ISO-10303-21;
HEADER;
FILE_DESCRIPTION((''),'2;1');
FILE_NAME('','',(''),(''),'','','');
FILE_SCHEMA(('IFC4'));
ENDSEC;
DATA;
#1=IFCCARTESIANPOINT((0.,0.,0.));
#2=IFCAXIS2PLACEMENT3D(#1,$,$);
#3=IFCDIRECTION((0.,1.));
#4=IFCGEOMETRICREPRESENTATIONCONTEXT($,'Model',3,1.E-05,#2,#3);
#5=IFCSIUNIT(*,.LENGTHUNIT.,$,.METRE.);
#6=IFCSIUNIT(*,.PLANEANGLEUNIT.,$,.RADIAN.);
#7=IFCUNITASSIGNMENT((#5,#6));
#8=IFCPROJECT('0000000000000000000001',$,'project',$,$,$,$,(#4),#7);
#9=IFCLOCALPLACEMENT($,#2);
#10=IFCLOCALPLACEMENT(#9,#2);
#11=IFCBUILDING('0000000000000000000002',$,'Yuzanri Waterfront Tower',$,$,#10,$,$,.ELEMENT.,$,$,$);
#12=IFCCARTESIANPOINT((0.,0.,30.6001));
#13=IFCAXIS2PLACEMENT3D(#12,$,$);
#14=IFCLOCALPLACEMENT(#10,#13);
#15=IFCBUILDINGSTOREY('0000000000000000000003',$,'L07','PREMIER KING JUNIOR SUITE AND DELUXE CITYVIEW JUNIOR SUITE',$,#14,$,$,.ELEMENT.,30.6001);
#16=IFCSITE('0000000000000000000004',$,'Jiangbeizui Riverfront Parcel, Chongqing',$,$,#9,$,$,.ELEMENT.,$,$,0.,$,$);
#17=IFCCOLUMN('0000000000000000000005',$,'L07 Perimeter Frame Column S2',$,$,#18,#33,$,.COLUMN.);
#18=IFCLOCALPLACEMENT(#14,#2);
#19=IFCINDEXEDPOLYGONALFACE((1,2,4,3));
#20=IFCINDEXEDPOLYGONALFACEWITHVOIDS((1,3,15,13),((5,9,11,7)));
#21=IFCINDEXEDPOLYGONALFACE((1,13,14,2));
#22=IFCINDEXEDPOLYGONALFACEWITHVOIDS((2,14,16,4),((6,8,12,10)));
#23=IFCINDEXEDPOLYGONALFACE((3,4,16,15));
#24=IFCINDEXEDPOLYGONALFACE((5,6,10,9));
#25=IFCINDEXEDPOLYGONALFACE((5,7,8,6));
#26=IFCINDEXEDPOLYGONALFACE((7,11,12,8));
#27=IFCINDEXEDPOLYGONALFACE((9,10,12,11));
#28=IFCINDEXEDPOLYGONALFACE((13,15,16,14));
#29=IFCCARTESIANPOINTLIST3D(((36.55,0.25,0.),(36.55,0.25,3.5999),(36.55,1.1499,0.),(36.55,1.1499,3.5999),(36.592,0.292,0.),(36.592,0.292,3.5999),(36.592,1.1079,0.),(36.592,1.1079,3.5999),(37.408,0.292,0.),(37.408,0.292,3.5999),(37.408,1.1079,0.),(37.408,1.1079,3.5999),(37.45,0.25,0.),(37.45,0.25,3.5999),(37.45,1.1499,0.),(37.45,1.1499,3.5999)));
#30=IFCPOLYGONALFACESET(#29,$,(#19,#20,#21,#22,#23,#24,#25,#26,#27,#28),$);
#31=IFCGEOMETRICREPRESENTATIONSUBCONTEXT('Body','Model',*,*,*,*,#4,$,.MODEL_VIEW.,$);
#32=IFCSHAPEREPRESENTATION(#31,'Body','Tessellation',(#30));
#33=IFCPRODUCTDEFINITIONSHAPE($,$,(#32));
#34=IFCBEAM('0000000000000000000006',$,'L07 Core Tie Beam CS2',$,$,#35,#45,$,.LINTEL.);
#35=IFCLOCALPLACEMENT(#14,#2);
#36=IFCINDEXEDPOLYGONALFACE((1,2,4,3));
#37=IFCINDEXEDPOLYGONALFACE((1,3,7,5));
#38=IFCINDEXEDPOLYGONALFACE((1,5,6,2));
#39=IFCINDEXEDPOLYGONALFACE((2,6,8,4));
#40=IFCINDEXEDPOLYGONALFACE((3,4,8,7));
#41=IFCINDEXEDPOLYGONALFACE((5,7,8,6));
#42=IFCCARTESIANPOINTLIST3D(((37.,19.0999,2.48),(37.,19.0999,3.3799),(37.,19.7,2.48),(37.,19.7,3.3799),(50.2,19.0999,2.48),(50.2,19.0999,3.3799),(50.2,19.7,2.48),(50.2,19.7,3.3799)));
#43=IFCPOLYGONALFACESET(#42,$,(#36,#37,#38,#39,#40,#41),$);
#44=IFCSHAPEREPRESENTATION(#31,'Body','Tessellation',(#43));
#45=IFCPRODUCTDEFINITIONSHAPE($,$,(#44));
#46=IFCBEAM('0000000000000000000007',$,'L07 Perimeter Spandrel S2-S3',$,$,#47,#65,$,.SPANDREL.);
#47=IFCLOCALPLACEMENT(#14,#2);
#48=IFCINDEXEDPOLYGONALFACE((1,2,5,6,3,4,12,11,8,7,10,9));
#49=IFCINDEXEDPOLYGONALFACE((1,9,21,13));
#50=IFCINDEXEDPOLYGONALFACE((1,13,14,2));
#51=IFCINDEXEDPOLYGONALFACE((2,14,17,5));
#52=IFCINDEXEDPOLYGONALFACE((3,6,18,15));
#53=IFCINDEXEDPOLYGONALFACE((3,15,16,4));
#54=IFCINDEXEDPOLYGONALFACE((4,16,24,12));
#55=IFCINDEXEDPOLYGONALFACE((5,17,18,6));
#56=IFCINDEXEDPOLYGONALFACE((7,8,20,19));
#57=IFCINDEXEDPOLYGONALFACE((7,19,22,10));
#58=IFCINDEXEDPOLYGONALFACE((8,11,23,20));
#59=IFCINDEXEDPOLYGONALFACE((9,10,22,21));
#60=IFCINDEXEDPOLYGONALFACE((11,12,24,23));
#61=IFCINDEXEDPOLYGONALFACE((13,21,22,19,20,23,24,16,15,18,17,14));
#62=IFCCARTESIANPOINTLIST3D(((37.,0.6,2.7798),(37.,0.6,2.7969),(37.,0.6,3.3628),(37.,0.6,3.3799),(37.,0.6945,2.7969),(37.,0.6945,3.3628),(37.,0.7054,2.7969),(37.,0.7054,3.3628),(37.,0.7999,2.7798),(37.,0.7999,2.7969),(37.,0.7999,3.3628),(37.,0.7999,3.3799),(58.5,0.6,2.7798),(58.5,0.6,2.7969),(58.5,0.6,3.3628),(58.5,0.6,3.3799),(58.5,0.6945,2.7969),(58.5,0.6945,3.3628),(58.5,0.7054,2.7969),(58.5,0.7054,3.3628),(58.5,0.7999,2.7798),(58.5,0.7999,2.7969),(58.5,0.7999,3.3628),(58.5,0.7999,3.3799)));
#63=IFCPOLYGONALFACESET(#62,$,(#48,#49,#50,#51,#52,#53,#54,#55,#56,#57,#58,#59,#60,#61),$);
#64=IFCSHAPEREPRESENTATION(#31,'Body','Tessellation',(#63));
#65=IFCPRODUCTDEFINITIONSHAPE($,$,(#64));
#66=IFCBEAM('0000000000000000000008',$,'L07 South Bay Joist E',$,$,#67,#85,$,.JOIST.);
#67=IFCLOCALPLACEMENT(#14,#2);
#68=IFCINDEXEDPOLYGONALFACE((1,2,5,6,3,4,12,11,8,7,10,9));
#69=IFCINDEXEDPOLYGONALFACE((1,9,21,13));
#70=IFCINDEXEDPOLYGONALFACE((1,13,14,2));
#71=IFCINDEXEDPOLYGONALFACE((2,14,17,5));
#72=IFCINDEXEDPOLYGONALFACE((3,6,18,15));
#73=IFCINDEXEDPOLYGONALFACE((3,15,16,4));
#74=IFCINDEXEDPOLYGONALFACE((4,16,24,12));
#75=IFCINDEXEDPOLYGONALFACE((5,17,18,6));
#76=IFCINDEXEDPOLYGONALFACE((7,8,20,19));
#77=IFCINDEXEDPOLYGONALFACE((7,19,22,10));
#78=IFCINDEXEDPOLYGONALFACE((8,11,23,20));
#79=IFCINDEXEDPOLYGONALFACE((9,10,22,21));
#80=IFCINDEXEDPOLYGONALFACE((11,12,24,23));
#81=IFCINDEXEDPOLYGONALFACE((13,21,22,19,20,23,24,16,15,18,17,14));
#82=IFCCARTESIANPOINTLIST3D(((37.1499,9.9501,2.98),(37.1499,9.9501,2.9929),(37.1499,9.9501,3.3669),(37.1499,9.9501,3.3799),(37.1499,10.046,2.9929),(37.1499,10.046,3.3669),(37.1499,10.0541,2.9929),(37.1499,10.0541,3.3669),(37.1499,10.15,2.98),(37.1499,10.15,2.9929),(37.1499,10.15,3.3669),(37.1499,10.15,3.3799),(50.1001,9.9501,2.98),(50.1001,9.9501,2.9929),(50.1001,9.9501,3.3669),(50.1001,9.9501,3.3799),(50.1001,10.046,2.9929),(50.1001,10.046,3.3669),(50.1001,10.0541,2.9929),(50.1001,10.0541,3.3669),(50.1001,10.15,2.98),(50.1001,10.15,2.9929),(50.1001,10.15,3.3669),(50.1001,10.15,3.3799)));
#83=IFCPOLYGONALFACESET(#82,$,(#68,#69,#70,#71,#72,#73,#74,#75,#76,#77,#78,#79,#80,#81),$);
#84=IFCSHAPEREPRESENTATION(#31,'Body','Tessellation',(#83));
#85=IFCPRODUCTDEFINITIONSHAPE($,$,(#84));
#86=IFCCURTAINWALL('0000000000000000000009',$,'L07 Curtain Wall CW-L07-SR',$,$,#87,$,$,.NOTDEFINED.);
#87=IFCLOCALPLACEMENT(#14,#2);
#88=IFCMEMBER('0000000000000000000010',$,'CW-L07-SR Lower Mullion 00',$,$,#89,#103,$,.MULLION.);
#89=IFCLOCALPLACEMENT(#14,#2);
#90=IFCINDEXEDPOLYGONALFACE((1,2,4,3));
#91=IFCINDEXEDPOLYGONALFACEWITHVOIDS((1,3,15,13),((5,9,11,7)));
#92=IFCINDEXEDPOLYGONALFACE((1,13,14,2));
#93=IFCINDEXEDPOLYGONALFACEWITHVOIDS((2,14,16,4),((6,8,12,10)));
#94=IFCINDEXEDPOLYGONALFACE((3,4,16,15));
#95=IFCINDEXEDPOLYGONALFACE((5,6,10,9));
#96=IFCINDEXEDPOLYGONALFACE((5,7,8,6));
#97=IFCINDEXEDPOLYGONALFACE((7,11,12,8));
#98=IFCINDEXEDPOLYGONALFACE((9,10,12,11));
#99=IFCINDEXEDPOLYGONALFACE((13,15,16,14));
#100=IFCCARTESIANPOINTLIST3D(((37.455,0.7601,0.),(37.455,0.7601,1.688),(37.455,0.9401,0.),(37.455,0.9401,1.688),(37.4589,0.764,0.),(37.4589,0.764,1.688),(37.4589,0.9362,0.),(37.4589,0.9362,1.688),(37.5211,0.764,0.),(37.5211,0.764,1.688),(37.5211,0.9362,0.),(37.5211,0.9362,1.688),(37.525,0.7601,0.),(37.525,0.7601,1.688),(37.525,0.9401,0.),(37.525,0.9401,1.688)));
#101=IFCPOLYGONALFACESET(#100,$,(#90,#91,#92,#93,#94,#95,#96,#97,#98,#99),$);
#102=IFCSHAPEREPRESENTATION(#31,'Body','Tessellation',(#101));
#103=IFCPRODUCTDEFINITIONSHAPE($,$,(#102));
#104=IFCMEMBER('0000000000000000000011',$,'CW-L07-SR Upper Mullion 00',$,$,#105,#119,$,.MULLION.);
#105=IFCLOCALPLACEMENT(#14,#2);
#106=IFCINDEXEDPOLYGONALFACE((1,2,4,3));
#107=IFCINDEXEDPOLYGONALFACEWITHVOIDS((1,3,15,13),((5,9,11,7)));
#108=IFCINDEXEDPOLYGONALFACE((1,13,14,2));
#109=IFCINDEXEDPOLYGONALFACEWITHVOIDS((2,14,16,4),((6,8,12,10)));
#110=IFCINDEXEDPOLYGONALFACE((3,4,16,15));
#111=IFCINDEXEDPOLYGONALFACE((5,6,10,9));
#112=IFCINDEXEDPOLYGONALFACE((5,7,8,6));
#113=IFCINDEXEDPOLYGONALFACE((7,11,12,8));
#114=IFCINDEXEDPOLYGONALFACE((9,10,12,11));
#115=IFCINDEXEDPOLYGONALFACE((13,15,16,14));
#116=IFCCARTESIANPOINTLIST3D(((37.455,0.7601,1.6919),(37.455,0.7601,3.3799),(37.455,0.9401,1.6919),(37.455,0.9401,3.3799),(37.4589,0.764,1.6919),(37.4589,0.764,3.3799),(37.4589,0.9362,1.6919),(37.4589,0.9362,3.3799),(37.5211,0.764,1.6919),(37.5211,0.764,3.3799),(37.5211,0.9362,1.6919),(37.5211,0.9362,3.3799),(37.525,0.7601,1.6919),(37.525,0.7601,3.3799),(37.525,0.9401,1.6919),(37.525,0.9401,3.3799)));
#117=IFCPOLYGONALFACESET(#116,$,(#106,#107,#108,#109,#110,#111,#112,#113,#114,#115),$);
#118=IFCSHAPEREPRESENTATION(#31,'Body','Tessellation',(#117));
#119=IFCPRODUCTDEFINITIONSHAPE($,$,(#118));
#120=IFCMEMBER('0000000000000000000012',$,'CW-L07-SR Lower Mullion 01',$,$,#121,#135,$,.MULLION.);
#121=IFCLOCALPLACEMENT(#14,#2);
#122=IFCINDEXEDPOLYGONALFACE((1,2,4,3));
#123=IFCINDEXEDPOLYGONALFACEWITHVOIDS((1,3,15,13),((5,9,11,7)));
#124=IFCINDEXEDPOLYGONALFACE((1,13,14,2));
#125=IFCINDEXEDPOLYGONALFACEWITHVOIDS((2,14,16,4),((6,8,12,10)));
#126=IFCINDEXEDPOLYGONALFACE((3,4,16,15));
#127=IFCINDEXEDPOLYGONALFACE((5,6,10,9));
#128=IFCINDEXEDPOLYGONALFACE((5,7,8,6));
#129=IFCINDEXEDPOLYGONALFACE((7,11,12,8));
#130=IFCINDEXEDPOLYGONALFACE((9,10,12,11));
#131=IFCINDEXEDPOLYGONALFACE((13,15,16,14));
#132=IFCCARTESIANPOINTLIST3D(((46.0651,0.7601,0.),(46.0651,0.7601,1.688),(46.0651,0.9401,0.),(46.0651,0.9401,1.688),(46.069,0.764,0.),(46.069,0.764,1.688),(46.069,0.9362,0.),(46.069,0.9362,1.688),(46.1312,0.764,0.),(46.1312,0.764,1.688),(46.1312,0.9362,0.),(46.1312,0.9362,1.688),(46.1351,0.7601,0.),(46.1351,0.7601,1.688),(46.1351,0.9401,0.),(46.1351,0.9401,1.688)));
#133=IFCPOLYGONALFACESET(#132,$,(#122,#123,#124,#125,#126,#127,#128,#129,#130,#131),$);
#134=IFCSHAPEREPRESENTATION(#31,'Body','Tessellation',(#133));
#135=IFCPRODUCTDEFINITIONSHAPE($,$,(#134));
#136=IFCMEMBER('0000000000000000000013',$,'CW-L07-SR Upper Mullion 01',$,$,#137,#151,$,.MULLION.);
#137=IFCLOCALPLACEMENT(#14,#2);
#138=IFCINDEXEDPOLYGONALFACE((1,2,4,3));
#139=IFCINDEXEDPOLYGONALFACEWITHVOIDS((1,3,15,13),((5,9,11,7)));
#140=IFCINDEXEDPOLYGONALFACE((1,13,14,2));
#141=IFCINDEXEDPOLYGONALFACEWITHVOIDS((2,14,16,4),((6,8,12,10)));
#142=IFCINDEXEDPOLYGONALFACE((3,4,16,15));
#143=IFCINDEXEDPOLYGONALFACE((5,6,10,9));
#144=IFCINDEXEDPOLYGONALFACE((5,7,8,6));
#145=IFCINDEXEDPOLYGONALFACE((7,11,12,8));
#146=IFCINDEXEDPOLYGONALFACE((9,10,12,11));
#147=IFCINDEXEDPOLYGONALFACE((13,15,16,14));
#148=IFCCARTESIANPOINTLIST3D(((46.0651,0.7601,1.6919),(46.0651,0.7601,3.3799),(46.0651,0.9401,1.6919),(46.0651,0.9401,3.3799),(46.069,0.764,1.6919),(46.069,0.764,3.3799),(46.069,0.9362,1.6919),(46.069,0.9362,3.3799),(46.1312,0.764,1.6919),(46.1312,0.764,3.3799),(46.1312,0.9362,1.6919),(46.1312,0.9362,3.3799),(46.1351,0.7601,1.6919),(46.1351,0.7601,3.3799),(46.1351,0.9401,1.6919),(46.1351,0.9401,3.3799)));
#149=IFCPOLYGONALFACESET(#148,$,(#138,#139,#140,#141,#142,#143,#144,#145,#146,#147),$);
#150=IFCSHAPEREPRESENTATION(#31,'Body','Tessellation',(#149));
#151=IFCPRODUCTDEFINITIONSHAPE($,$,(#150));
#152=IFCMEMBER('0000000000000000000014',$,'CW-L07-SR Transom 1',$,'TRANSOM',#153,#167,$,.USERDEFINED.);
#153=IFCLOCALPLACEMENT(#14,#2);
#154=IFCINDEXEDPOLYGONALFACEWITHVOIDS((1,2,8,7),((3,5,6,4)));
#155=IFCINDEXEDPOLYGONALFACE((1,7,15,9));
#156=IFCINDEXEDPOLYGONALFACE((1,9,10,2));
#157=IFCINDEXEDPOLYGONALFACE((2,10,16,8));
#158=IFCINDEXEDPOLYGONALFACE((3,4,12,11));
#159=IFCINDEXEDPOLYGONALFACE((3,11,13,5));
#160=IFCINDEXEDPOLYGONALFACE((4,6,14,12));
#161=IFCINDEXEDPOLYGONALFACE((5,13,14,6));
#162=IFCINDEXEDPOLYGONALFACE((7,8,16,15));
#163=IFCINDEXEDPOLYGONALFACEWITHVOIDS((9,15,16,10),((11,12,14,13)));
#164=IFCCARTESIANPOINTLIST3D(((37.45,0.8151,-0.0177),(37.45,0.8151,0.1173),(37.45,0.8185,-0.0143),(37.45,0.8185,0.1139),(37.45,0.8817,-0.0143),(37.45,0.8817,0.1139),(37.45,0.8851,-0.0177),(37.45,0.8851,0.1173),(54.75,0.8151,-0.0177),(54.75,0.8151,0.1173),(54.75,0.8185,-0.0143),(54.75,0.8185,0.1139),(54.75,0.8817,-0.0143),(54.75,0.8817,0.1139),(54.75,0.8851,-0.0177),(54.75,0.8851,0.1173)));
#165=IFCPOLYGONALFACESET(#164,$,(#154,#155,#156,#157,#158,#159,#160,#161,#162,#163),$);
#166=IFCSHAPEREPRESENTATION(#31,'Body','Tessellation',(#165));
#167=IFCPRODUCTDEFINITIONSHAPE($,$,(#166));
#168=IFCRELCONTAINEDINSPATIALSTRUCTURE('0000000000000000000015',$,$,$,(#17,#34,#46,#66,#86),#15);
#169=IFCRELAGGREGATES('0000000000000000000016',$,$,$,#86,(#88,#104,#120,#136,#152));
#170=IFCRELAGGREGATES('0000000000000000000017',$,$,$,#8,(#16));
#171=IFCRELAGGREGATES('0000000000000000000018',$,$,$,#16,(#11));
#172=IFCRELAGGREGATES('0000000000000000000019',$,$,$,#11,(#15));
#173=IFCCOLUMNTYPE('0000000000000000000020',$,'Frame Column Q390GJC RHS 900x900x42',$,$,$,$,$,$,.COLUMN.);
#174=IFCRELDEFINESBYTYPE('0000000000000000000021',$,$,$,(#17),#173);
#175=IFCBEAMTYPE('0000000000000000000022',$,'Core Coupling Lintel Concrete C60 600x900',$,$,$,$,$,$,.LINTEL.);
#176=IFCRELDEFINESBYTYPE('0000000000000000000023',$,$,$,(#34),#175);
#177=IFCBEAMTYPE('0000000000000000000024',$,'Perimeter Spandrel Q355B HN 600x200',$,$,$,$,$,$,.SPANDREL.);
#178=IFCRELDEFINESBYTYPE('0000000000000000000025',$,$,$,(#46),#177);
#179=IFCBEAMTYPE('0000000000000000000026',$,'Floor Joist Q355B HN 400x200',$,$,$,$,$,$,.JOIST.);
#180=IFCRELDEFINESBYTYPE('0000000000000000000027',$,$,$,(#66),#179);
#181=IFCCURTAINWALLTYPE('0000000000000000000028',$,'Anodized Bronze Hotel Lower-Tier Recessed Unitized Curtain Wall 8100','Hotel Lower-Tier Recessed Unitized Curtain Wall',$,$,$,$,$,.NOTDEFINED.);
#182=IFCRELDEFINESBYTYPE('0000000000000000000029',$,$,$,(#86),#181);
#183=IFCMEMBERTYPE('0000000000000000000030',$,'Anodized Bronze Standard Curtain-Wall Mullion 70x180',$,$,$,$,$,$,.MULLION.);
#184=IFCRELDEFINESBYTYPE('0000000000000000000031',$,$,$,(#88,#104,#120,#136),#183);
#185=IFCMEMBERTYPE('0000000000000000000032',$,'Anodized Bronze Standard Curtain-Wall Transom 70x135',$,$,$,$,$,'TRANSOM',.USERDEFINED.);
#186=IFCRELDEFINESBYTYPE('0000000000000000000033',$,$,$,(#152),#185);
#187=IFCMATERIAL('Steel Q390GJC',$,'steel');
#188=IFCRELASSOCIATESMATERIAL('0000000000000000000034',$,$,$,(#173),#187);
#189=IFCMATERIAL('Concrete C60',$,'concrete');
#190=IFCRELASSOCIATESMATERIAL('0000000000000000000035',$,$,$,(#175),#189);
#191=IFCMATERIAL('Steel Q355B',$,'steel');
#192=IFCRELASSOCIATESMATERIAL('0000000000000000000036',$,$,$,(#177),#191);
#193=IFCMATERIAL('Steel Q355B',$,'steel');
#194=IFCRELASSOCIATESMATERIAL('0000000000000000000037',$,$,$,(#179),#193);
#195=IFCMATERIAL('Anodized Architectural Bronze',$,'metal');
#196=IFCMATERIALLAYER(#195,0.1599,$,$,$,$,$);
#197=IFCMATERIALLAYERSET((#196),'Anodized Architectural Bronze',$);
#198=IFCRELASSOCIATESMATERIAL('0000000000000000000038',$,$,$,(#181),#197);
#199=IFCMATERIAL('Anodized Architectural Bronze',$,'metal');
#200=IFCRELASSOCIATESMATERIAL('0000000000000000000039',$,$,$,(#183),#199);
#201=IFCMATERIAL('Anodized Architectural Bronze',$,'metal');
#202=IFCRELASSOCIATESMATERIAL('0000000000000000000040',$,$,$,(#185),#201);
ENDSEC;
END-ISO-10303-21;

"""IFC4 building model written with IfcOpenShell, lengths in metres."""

from ifc_helpers import new_model, si_unit, direction, frame, origin, origin_2d, place, context, subcontext, project, spatial, rectangle, hollow_rectangle, i_section, extrude, source, transform, mapped, material, layer, layer_set, material_profile, profile_set, type_object, element, aggregate, save


model = new_model("IFC4")

# Units and contexts
model_context = context("Model", 3, precision=1e-05, world=origin(), true_north=direction((0.0, 1.0)))
body_context = subcontext(model_context, "Body", "Model", "MODEL_VIEW")
ifc_project = project(units=[si_unit("LENGTHUNIT", "METRE"), si_unit("PLANEANGLEUNIT", "RADIAN")], contexts=[model_context])

# Site, building, storey
site_placement = place(None, origin())
site = spatial("IfcSite", under=ifc_project, at=site_placement, Name="Jiangbeizui Riverfront Parcel, Chongqing", CompositionType="ELEMENT", RefElevation=0.0)
building_placement = place(site_placement, origin())
building = spatial("IfcBuilding", under=site, at=building_placement, Name="Yuzanri Waterfront Tower", CompositionType="ELEMENT")
storey_placement = place(building_placement, frame((0.0, 0.0, 30.6001)))
storey = spatial("IfcBuildingStorey", under=building, at=storey_placement, Name="L07", Description="PREMIER KING JUNIOR SUITE AND DELUXE CITYVIEW JUNIOR SUITE", CompositionType="ELEMENT", Elevation=30.6001)

# Column
ifc_material_1 = material(Name="Steel Q390GJC", Category="steel")
ifc_material_profile_1 = material_profile(ifc_material_1, hollow_rectangle(XDim=0.8999, YDim=0.8999, WallThickness=0.042, at=origin_2d()), Name="RHS 900x900x42")
ifc_profile_set_1 = profile_set([ifc_material_profile_1], Name="Steel Q390GJC")
column_type = type_object("IfcColumnType", Name="Frame Column Q390GJC RHS 900x900x42", PredefinedType="COLUMN", material=ifc_profile_set_1)
shared_shape_1 = source(origin(), body_context, "Body", "SweptSolid", [
    extrude(hollow_rectangle(XDim=0.8999, YDim=0.8999, WallThickness=0.042, at=origin_2d()), origin(), (0.0, 0.0, 1.0), 3.5999),
])
column_placement = place(storey_placement, frame((37.0, 0.7, 0.0), z_axis=(0.0, 0.0, 1.0), x_axis=(1.0, 0.0, 0.0)))
element("IfcColumn", 1, at=column_placement, inside=storey, type_object=column_type, Name="L07 Perimeter Frame Column S2", PredefinedType="COLUMN", context=body_context, shape_type="MappedRepresentation", body=[
    mapped(shared_shape_1, transform((0.0, 0.0, 0.0), scale=1.0)),
])

# Beams
ifc_material_2 = material(Name="Concrete C60", Category="concrete")
ifc_material_profile_2 = material_profile(ifc_material_2, rectangle(XDim=0.6001, YDim=0.8999, at=origin_2d()), Name="RC 600x900")
ifc_profile_set_2 = profile_set([ifc_material_profile_2], Name="Concrete C60")
beam_type_1 = type_object("IfcBeamType", Name="Core Coupling Lintel Concrete C60 600x900", PredefinedType="LINTEL", material=ifc_profile_set_2)
shared_shape_2 = source(origin(), body_context, "Body", "SweptSolid", [
    extrude(rectangle(XDim=0.6001, YDim=0.8999, at=origin_2d()), origin(), (0.0, 0.0, 1.0), 13.2),
])
beam_1_placement = place(storey_placement, frame((37.0, 19.3999, 2.9299), z_axis=(1.0, 0.0, 0.0), x_axis=(0.0, 1.0, 0.0)))
element("IfcBeam", 2, at=beam_1_placement, inside=storey, type_object=beam_type_1, Name="L07 Core Tie Beam CS2", PredefinedType="LINTEL", context=body_context, shape_type="MappedRepresentation", body=[
    mapped(shared_shape_2, transform((0.0, 0.0, 0.0), scale=1.0)),
])
ifc_material_3 = material(Name="Steel Q355B", Category="steel")
ifc_material_profile_3 = material_profile(ifc_material_3, i_section(OverallWidth=0.2, OverallDepth=0.6001, WebThickness=0.011, FlangeThickness=0.0171, at=origin_2d()), Name="HN 600x200x11x17")
ifc_profile_set_3 = profile_set([ifc_material_profile_3], Name="Steel Q355B")
beam_type_2 = type_object("IfcBeamType", Name="Perimeter Spandrel Q355B HN 600x200", PredefinedType="SPANDREL", material=ifc_profile_set_3)
shared_shape_3 = source(origin(), body_context, "Body", "SweptSolid", [
    extrude(i_section(OverallWidth=0.2, OverallDepth=0.6001, WebThickness=0.011, FlangeThickness=0.0171, at=origin_2d()), origin(), (0.0, 0.0, 1.0), 21.5),
])
beam_2_placement = place(storey_placement, frame((37.0, 0.7, 3.0798), z_axis=(1.0, 0.0, 0.0), x_axis=(0.0, 1.0, 0.0)))
element("IfcBeam", 3, at=beam_2_placement, inside=storey, type_object=beam_type_2, Name="L07 Perimeter Spandrel S2-S3", PredefinedType="SPANDREL", context=body_context, shape_type="MappedRepresentation", body=[
    mapped(shared_shape_3, transform((0.0, 0.0, 0.0), scale=1.0)),
])
ifc_material_4 = material(Name="Steel Q355B", Category="steel")
ifc_material_profile_4 = material_profile(ifc_material_4, i_section(OverallWidth=0.2, OverallDepth=0.3999, WebThickness=0.0081, FlangeThickness=0.0129, at=origin_2d()), Name="HN 400x200x8x13")
ifc_profile_set_4 = profile_set([ifc_material_profile_4], Name="Steel Q355B")
beam_type_3 = type_object("IfcBeamType", Name="Floor Joist Q355B HN 400x200", PredefinedType="JOIST", material=ifc_profile_set_4)
shared_shape_4 = source(origin(), body_context, "Body", "SweptSolid", [
    extrude(i_section(OverallWidth=0.2, OverallDepth=0.3999, WebThickness=0.0081, FlangeThickness=0.0129, at=origin_2d()), origin(), (0.0, 0.0, 1.0), 12.9502),
])
beam_3_placement = place(storey_placement, frame((37.1499, 10.05, 3.1799), z_axis=(1.0, 0.0, 0.0), x_axis=(0.0, 1.0, 0.0)))
element("IfcBeam", 4, at=beam_3_placement, inside=storey, type_object=beam_type_3, Name="L07 South Bay Joist E", PredefinedType="JOIST", context=body_context, shape_type="MappedRepresentation", body=[
    mapped(shared_shape_4, transform((0.0, 0.0, 0.0), scale=1.0)),
])

# Curtain wall, members
ifc_material_5 = material(Name="Anodized Architectural Bronze", Category="metal")
ifc_layer_1 = layer(ifc_material_5, 0.1599)
ifc_layer_set_1 = layer_set([ifc_layer_1], Name="Anodized Architectural Bronze")
curtain_wall_type = type_object("IfcCurtainWallType", Name="Anodized Bronze Hotel Lower-Tier Recessed Unitized Curtain Wall 8100", Description="Hotel Lower-Tier Recessed Unitized Curtain Wall", PredefinedType="NOTDEFINED", material=ifc_layer_set_1)
curtain_wall_placement = place(storey_placement, origin())
curtain_wall = element("IfcCurtainWall", 5, at=curtain_wall_placement, inside=storey, type_object=curtain_wall_type, Name="L07 Curtain Wall CW-L07-SR", PredefinedType="NOTDEFINED")
ifc_material_6 = material(Name="Anodized Architectural Bronze", Category="metal")
ifc_material_profile_5 = material_profile(ifc_material_6, hollow_rectangle(XDim=0.0701, YDim=0.1799, WallThickness=0.0039, at=origin_2d()), Name="CWM 70x180")
ifc_profile_set_5 = profile_set([ifc_material_profile_5], Name="Anodized Architectural Bronze")
member_type_1 = type_object("IfcMemberType", Name="Anodized Bronze Standard Curtain-Wall Mullion 70x180", PredefinedType="MULLION", material=ifc_profile_set_5)
shared_shape_5 = source(origin(), body_context, "Body", "SweptSolid", [
    extrude(hollow_rectangle(XDim=0.0701, YDim=0.1799, WallThickness=0.0039, at=origin_2d()), origin(), (0.0, 0.0, 1.0), 1.688),
])
member_1_placement = place(storey_placement, frame((37.49, 0.8501, 0.0), z_axis=(0.0, 0.0, 1.0), x_axis=(1.0, 0.0, 0.0)))
member_1 = element("IfcMember", 6, at=member_1_placement, type_object=member_type_1, Name="CW-L07-SR Lower Mullion 00", PredefinedType="MULLION", context=body_context, shape_type="MappedRepresentation", body=[
    mapped(shared_shape_5, transform((0.0, 0.0, 0.0), scale=1.0)),
])
member_2_placement = place(storey_placement, frame((37.49, 0.8501, 1.6919), z_axis=(0.0, 0.0, 1.0), x_axis=(1.0, 0.0, 0.0)))
member_2 = element("IfcMember", 7, at=member_2_placement, type_object=member_type_1, Name="CW-L07-SR Upper Mullion 00", PredefinedType="MULLION", context=body_context, shape_type="MappedRepresentation", body=[
    mapped(shared_shape_5, transform((0.0, 0.0, 0.0), scale=1.0)),
])
member_3_placement = place(storey_placement, frame((46.1001, 0.8501, 0.0), z_axis=(0.0, 0.0, 1.0), x_axis=(1.0, 0.0, 0.0)))
member_3 = element("IfcMember", 8, at=member_3_placement, type_object=member_type_1, Name="CW-L07-SR Lower Mullion 01", PredefinedType="MULLION", context=body_context, shape_type="MappedRepresentation", body=[
    mapped(shared_shape_5, transform((0.0, 0.0, 0.0), scale=1.0)),
])
member_4_placement = place(storey_placement, frame((46.1001, 0.8501, 1.6919), z_axis=(0.0, 0.0, 1.0), x_axis=(1.0, 0.0, 0.0)))
member_4 = element("IfcMember", 9, at=member_4_placement, type_object=member_type_1, Name="CW-L07-SR Upper Mullion 01", PredefinedType="MULLION", context=body_context, shape_type="MappedRepresentation", body=[
    mapped(shared_shape_5, transform((0.0, 0.0, 0.0), scale=1.0)),
])
ifc_material_7 = material(Name="Anodized Architectural Bronze", Category="metal")
ifc_material_profile_6 = material_profile(ifc_material_7, hollow_rectangle(XDim=0.0701, YDim=0.135, WallThickness=0.0034, at=origin_2d()), Name="CWT 70x135")
ifc_profile_set_6 = profile_set([ifc_material_profile_6], Name="Anodized Architectural Bronze")
member_type_2 = type_object("IfcMemberType", Name="Anodized Bronze Standard Curtain-Wall Transom 70x135", ElementType="TRANSOM", PredefinedType="USERDEFINED", material=ifc_profile_set_6)
shared_shape_6 = source(origin(), body_context, "Body", "SweptSolid", [
    extrude(hollow_rectangle(XDim=0.0701, YDim=0.135, WallThickness=0.0034, at=origin_2d()), origin(), (0.0, 0.0, 1.0), 17.3),
])
member_5_placement = place(storey_placement, frame((37.45, 0.8501, 0.0498), z_axis=(1.0, 0.0, 0.0), x_axis=(0.0, 1.0, 0.0)))
member_5 = element("IfcMember", 10, at=member_5_placement, type_object=member_type_2, Name="CW-L07-SR Transom 1", ObjectType="TRANSOM", PredefinedType="USERDEFINED", context=body_context, shape_type="MappedRepresentation", body=[
    mapped(shared_shape_6, transform((0.0, 0.0, 0.0), scale=1.0)),
])

aggregate(curtain_wall, [member_1, member_2, member_3, member_4, member_5])

save(model, "model.ifc")
